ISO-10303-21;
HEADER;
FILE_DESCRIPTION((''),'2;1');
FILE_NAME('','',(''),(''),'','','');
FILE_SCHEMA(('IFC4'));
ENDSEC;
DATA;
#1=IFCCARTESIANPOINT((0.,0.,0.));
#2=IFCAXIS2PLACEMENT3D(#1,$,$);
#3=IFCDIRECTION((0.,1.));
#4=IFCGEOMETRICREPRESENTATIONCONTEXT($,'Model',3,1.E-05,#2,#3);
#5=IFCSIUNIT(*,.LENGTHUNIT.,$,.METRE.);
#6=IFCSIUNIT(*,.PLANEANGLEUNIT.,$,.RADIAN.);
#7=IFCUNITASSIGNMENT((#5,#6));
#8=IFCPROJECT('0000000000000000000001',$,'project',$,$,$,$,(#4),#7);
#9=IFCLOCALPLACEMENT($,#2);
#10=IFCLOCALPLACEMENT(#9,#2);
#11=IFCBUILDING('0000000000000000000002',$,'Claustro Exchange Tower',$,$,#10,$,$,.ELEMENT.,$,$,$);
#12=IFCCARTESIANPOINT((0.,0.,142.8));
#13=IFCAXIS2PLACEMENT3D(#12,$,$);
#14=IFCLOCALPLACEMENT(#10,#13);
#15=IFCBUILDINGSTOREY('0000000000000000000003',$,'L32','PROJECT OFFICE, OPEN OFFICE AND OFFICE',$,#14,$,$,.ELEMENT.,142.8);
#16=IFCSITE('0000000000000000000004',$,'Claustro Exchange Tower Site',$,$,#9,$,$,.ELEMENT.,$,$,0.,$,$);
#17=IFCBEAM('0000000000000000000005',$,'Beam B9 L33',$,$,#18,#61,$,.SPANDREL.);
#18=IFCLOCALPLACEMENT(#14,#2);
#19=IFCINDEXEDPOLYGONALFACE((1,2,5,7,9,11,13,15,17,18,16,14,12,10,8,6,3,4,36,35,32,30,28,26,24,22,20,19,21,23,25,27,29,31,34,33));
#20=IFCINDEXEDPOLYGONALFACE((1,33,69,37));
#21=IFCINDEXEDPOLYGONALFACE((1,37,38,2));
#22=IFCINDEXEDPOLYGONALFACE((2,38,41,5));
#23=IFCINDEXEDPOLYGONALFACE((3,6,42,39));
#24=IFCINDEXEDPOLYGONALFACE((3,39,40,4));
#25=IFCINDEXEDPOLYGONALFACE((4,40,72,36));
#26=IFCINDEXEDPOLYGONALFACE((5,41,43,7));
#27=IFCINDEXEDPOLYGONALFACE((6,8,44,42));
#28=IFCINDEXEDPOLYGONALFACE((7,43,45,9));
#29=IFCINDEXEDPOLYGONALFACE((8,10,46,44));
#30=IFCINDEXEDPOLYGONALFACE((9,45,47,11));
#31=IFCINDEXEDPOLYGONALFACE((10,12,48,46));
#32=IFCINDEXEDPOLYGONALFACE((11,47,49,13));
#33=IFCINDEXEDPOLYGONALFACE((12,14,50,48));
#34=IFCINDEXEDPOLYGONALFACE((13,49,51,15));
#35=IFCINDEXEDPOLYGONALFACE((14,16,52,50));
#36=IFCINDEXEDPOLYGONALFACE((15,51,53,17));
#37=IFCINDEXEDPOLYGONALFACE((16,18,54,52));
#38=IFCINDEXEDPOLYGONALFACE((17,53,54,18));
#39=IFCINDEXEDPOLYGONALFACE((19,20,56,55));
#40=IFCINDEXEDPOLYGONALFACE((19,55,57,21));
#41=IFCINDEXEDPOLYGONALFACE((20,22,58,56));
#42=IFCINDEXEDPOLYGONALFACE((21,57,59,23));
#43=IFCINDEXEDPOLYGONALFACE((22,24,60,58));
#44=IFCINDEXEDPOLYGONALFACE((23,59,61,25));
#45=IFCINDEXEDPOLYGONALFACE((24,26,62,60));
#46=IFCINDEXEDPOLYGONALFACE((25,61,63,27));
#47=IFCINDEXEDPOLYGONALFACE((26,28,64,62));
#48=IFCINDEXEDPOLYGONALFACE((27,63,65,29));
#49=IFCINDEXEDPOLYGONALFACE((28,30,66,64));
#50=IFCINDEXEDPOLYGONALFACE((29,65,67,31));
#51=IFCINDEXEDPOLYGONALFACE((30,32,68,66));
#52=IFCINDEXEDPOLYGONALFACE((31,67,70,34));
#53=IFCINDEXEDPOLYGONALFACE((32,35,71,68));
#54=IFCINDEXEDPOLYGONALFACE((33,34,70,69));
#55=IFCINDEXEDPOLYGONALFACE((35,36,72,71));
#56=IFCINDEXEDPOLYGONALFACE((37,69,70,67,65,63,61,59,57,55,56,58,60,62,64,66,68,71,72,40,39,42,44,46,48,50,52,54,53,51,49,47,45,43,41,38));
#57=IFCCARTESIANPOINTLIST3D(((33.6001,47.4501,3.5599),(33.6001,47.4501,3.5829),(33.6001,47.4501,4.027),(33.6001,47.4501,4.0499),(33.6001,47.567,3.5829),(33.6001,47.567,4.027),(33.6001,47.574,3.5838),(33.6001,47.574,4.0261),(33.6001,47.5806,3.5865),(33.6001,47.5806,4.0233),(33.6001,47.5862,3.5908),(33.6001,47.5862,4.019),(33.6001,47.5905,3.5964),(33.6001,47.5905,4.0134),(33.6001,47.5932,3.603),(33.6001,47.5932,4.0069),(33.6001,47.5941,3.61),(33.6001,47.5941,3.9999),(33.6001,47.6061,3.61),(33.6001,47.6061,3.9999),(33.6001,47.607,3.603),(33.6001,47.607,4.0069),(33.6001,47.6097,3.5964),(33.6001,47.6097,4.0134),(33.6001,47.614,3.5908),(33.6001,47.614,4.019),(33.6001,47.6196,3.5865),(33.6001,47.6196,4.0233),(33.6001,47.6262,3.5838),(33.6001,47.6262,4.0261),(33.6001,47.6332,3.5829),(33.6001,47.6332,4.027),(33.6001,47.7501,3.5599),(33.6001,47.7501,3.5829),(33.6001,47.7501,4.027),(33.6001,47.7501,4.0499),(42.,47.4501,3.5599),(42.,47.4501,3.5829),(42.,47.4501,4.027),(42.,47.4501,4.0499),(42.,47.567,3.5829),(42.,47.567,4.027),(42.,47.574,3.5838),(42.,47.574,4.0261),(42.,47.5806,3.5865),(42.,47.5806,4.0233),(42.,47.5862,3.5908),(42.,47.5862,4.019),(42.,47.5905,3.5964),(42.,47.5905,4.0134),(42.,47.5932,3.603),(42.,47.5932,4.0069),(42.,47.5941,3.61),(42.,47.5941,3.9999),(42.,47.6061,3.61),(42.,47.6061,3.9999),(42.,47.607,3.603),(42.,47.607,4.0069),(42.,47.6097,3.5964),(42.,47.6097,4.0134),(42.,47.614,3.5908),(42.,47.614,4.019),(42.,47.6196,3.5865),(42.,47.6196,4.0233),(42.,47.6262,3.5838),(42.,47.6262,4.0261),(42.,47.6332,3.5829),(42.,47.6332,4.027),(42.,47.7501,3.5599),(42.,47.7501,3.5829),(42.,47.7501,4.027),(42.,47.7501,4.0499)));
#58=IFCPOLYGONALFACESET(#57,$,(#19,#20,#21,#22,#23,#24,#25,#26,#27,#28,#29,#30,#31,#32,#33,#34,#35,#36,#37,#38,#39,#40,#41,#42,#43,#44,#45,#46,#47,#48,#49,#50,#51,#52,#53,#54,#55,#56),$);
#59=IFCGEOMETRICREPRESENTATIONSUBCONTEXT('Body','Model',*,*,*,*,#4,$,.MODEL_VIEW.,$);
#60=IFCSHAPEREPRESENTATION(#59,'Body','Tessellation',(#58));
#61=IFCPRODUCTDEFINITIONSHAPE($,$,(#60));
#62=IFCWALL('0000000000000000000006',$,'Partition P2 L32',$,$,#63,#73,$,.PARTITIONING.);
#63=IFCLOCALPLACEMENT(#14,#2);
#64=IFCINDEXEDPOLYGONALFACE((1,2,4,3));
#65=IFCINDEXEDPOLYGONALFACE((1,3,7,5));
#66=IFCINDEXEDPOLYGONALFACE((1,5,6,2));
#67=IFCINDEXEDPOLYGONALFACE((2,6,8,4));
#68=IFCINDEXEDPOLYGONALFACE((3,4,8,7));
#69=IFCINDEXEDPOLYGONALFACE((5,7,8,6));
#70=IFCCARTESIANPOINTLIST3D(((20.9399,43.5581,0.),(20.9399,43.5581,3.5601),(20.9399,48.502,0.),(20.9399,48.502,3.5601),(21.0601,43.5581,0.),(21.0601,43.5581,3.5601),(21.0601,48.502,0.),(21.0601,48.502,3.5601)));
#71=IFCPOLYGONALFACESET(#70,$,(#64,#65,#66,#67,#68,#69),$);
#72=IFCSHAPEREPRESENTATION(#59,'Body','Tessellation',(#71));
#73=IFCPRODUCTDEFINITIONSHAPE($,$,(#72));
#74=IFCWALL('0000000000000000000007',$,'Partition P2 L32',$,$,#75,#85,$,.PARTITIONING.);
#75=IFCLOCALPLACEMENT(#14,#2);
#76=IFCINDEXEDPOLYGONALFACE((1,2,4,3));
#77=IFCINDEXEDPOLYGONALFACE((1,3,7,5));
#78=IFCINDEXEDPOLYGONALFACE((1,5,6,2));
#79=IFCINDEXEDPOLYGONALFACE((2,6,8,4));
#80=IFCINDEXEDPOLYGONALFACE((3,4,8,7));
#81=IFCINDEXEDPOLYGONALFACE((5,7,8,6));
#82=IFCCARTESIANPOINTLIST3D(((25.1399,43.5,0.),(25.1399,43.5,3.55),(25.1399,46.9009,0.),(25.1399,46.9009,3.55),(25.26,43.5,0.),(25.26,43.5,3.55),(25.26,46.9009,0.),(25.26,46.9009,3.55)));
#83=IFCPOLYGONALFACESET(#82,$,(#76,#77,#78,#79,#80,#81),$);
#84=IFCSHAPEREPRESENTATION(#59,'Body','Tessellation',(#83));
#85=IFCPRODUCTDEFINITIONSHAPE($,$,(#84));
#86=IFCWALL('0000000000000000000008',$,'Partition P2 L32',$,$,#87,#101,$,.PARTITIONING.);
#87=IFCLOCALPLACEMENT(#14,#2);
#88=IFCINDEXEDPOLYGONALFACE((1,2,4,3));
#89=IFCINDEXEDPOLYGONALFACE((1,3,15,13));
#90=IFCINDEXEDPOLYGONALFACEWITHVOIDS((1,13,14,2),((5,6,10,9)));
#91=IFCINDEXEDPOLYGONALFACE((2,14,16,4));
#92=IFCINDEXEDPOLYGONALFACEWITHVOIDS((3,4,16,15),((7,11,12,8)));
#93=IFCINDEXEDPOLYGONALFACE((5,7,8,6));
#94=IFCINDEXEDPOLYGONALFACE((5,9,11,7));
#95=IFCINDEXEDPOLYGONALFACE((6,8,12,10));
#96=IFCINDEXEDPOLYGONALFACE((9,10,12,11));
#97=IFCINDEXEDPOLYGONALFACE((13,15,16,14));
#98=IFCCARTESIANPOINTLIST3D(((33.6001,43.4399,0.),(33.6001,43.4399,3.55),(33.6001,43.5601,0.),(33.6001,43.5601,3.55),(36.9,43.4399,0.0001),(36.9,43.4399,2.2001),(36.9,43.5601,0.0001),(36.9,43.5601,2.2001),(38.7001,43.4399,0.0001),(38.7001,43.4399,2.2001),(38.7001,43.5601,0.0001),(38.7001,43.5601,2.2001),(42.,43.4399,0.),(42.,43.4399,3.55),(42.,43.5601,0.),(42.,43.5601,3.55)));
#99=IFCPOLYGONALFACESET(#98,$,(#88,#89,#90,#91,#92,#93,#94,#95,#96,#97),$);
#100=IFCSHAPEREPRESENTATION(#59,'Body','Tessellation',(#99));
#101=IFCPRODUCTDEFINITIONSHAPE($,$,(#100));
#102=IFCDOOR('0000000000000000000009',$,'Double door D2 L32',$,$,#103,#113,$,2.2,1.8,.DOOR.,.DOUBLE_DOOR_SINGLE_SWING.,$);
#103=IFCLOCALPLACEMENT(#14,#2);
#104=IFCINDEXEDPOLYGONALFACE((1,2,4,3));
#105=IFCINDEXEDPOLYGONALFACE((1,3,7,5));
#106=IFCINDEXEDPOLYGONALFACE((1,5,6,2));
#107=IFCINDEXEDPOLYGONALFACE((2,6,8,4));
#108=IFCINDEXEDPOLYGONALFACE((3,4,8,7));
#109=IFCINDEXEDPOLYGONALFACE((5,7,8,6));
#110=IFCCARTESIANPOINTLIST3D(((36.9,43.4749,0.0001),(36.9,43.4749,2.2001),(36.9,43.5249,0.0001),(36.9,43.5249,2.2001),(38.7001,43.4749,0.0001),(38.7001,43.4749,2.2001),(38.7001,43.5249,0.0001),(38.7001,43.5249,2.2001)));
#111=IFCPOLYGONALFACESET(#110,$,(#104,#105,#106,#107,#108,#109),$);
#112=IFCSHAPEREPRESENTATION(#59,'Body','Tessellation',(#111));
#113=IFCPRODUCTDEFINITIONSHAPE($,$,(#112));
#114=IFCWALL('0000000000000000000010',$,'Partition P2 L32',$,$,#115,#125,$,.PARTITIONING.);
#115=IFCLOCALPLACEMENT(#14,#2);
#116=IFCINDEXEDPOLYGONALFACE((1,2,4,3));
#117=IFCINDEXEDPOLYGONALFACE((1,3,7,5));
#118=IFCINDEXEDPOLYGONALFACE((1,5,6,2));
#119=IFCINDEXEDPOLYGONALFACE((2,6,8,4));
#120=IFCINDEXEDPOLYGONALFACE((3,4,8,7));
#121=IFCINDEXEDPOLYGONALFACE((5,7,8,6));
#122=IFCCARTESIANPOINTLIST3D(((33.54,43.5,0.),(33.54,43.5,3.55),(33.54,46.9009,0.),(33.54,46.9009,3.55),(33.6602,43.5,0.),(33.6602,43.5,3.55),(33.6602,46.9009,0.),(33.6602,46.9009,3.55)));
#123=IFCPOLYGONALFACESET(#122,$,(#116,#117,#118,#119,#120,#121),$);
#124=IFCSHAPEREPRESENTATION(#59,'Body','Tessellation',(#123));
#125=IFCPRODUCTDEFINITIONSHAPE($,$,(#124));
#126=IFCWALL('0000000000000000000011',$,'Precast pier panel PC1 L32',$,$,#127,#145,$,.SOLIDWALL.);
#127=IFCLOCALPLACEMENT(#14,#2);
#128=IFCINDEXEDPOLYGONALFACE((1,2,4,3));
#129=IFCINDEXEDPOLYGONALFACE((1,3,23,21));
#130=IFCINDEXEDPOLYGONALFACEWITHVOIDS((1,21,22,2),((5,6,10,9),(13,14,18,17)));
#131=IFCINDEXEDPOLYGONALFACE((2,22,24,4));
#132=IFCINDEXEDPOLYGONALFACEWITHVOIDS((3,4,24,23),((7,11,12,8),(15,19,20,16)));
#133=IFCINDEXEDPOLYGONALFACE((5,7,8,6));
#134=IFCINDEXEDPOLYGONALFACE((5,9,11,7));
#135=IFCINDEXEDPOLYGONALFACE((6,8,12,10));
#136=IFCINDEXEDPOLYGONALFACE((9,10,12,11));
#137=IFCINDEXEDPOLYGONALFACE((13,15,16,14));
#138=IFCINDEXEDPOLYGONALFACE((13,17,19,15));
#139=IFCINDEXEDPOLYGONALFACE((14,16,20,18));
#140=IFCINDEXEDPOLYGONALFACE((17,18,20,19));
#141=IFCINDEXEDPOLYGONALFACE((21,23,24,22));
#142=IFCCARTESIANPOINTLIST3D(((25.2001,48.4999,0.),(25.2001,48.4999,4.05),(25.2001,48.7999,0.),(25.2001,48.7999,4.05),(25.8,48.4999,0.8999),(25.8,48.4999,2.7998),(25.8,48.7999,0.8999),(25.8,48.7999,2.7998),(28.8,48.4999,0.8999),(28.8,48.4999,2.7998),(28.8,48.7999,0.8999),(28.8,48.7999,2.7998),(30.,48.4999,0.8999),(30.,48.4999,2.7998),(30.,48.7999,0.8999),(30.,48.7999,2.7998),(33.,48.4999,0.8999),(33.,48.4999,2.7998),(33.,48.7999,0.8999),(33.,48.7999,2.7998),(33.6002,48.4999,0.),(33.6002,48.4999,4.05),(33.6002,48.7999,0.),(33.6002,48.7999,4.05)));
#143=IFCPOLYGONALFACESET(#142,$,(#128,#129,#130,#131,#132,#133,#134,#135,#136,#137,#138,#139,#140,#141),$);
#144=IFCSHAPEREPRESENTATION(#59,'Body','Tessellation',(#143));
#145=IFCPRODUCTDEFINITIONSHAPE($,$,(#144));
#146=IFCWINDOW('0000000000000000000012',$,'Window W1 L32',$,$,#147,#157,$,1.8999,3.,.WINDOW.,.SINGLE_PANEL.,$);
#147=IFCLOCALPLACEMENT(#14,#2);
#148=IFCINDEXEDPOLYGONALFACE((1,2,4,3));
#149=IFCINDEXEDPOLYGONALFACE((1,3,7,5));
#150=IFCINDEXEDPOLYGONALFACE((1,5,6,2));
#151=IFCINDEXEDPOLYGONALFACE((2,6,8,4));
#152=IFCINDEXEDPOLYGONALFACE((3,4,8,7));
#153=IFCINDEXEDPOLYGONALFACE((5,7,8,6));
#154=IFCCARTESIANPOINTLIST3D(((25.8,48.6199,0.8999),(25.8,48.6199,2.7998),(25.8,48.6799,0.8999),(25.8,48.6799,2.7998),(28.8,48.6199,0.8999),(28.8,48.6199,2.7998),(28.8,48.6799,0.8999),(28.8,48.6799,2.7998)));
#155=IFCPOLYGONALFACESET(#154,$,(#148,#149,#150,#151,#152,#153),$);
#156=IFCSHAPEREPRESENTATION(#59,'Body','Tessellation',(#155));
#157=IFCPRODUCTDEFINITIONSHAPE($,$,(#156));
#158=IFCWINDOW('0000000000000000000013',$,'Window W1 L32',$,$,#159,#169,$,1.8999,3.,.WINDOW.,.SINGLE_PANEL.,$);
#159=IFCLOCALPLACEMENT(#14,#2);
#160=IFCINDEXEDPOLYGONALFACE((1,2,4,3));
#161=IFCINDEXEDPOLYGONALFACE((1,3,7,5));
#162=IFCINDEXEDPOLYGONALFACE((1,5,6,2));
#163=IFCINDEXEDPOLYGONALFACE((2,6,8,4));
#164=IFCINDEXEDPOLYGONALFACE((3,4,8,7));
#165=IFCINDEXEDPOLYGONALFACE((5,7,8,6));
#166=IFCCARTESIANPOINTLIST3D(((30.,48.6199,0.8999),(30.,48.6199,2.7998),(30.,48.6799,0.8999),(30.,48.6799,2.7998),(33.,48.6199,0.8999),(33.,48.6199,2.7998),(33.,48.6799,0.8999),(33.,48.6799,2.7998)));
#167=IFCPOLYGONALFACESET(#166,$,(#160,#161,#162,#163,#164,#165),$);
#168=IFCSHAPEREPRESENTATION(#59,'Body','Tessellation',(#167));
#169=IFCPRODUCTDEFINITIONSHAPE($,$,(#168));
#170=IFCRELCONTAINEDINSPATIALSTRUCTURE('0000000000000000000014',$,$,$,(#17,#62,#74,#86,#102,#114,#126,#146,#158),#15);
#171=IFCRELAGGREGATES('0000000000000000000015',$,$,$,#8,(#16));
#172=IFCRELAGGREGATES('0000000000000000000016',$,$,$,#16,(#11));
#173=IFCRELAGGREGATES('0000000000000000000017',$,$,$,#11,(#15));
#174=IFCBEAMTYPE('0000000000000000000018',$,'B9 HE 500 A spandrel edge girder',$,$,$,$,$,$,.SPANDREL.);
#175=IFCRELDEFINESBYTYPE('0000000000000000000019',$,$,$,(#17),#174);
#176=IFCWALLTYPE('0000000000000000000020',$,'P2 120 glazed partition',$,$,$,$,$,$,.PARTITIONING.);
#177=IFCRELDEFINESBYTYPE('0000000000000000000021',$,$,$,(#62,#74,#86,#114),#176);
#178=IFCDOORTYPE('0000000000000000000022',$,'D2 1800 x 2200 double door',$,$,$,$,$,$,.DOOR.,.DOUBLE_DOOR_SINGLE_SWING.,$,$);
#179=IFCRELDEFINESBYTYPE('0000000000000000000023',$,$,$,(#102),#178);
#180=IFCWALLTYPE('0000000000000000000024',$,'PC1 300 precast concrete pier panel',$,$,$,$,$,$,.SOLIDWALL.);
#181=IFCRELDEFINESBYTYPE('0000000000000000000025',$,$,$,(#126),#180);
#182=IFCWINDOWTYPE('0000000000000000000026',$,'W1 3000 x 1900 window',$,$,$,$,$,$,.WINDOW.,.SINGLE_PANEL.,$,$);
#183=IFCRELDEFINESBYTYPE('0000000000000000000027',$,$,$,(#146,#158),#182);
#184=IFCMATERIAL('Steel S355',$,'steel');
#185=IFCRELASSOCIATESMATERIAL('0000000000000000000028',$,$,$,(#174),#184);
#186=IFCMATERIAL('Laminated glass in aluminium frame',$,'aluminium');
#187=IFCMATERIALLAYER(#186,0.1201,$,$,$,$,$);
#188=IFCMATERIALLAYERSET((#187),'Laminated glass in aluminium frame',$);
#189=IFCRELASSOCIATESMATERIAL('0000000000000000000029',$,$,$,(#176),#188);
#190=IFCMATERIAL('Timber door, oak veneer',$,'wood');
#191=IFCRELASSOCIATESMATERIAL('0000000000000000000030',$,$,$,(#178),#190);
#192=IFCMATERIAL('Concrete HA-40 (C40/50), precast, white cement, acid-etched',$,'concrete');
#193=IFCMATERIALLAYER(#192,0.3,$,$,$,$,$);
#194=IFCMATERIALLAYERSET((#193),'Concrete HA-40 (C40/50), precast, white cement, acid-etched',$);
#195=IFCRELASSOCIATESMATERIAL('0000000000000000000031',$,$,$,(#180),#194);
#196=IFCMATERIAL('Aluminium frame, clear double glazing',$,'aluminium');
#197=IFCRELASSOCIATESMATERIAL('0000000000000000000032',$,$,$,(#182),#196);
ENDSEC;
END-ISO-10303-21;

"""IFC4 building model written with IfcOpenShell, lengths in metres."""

from ifc_helpers import new_model, si_unit, direction, frame, frame_2d, origin, origin_2d, place, context, subcontext, project, spatial, rectangle, i_section, extrude, material, layer, layer_set, material_profile, profile_set, type_object, element, fill, save


model = new_model("IFC4")

# Units and contexts
model_context = context("Model", 3, precision=1e-05, world=origin(), true_north=direction((0.0, 1.0)))
body_context = subcontext(model_context, "Body", "Model", "MODEL_VIEW")
ifc_project = project(units=[si_unit("LENGTHUNIT", "METRE"), si_unit("PLANEANGLEUNIT", "RADIAN")], contexts=[model_context])

# Site, building, storey
site_placement = place(None, origin())
site = spatial("IfcSite", under=ifc_project, at=site_placement, Name="Claustro Exchange Tower Site", CompositionType="ELEMENT", RefElevation=0.0)
building_placement = place(site_placement, origin())
building = spatial("IfcBuilding", under=site, at=building_placement, Name="Claustro Exchange Tower", CompositionType="ELEMENT")
storey_placement = place(building_placement, frame((0.0, 0.0, 142.8)))
storey = spatial("IfcBuildingStorey", under=building, at=storey_placement, Name="L32", Description="PROJECT OFFICE, OPEN OFFICE AND OFFICE", CompositionType="ELEMENT", Elevation=142.8)

# Beam
ifc_material_1 = material(Name="Steel S355", Category="steel")
ifc_material_profile_1 = material_profile(ifc_material_1, i_section(OverallWidth=0.3, OverallDepth=0.49, WebThickness=0.012, FlangeThickness=0.0229, FilletRadius=0.0271, at=origin_2d()), Name="HE 500 A")
ifc_profile_set_1 = profile_set([ifc_material_profile_1], Name="Steel S355")
beam_type_1 = type_object("IfcBeamType", Name="B9 HE 500 A spandrel edge girder", PredefinedType="SPANDREL", material=ifc_profile_set_1)
beam_1_placement = place(storey_placement, frame((33.6001, 47.6001, 3.8049), z_axis=(1.0, 0.0, 0.0), x_axis=(0.0, 1.0, 0.0)))
element("IfcBeam", 1, at=beam_1_placement, inside=storey, type_object=beam_type_1, Name="Beam B9 L33", PredefinedType="SPANDREL", context=body_context, shape_type="SweptSolid", body=[
    extrude(i_section(OverallWidth=0.3, OverallDepth=0.49, WebThickness=0.012, FlangeThickness=0.0229, FilletRadius=0.0271, at=origin_2d()), origin(), (0.0, 0.0, 1.0), 8.3999),
])

# Walls
ifc_material_2 = material(Name="Laminated glass in aluminium frame", Category="aluminium")
ifc_layer_1 = layer(ifc_material_2, 0.1201)
ifc_layer_set_1 = layer_set([ifc_layer_1], Name="Laminated glass in aluminium frame")
wall_type_1 = type_object("IfcWallType", Name="P2 120 glazed partition", PredefinedType="PARTITIONING", material=ifc_layer_set_1)
wall_1_placement = place(storey_placement, frame((21.0, 43.5581, 0.0), z_axis=(0.0, 0.0, 1.0), x_axis=(0.0, 1.0, 0.0)))
element("IfcWall", 2, at=wall_1_placement, inside=storey, type_object=wall_type_1, Name="Partition P2 L32", PredefinedType="PARTITIONING", context=body_context, shape_type="SweptSolid", body=[
    extrude(rectangle(XDim=4.9438, YDim=0.1201, at=frame_2d((2.4719, 0.0))), origin(), (0.0, 0.0, 1.0), 3.5601),
])
wall_2_placement = place(storey_placement, frame((25.2, 43.5, 0.0), z_axis=(0.0, 0.0, 1.0), x_axis=(0.0, 1.0, 0.0)))
element("IfcWall", 3, at=wall_2_placement, inside=storey, type_object=wall_type_1, Name="Partition P2 L32", PredefinedType="PARTITIONING", context=body_context, shape_type="SweptSolid", body=[
    extrude(rectangle(XDim=3.4009, YDim=0.1201, at=frame_2d((1.7004, 0.0))), origin(), (0.0, 0.0, 1.0), 3.55),
])

# Wall, opening, door
wall_3_placement = place(storey_placement, frame((33.6001, 43.5, 0.0), z_axis=(0.0, 0.0, 1.0), x_axis=(1.0, 0.0, 0.0)))
wall_3 = element("IfcWall", 4, at=wall_3_placement, inside=storey, type_object=wall_type_1, Name="Partition P2 L32", PredefinedType="PARTITIONING", context=body_context, shape_type="SweptSolid", body=[
    extrude(rectangle(XDim=8.3999, YDim=0.1201, at=frame_2d((4.2, 0.0))), origin(), (0.0, 0.0, 1.0), 3.55),
])
opening_1_placement = place(wall_3_placement, frame((3.3, 0.0, 0.0)))
opening_1 = element("IfcOpeningElement", 5, at=opening_1_placement, cuts=wall_3, PredefinedType="OPENING", context=body_context, shape_type="SweptSolid", body=[
    extrude(rectangle(XDim=1.8, YDim=2.2, at=frame_2d((0.8999, 1.1001))), frame((0.0, 0.0701, 0.0), z_axis=(0.0, -1.0, 0.0), x_axis=(1.0, 0.0, 0.0)), (0.0, 0.0, 1.0), 0.1401),
])
ifc_material_3 = material(Name="Timber door, oak veneer", Category="wood")
door_type = type_object("IfcDoorType", Name="D2 1800 x 2200 double door", OperationType="DOUBLE_DOOR_SINGLE_SWING", PredefinedType="DOOR", material=ifc_material_3)
door_placement = place(opening_1_placement, origin())
door = element("IfcDoor", 6, at=door_placement, inside=storey, type_object=door_type, Name="Double door D2 L32", OperationType="DOUBLE_DOOR_SINGLE_SWING", OverallHeight=2.2, OverallWidth=1.8, PredefinedType="DOOR", context=body_context, shape_type="SweptSolid", body=[
    extrude(rectangle(XDim=1.8, YDim=2.2, at=frame_2d((0.8999, 1.1001))), frame((0.0, 0.0249, 0.0), z_axis=(0.0, -1.0, 0.0), x_axis=(1.0, 0.0, 0.0)), (0.0, 0.0, 1.0), 0.05),
])
fill(opening_1, door)

# Wall
wall_4_placement = place(storey_placement, frame((33.6001, 43.5, 0.0), z_axis=(0.0, 0.0, 1.0), x_axis=(0.0, 1.0, 0.0)))
element("IfcWall", 7, at=wall_4_placement, inside=storey, type_object=wall_type_1, Name="Partition P2 L32", PredefinedType="PARTITIONING", context=body_context, shape_type="SweptSolid", body=[
    extrude(rectangle(XDim=3.4009, YDim=0.1201, at=frame_2d((1.7004, 0.0))), origin(), (0.0, 0.0, 1.0), 3.55),
])

# Wall, openings, windows
ifc_material_4 = material(Name="Concrete HA-40 (C40/50), precast, white cement, acid-etched", Category="concrete")
ifc_layer_2 = layer(ifc_material_4, 0.3)
ifc_layer_set_2 = layer_set([ifc_layer_2], Name="Concrete HA-40 (C40/50), precast, white cement, acid-etched")
wall_type_2 = type_object("IfcWallType", Name="PC1 300 precast concrete pier panel", PredefinedType="SOLIDWALL", material=ifc_layer_set_2)
wall_5_placement = place(storey_placement, frame((25.2, 48.6499, 0.0), z_axis=(0.0, 0.0, 1.0), x_axis=(1.0, 0.0, 0.0)))
wall_5 = element("IfcWall", 8, at=wall_5_placement, inside=storey, type_object=wall_type_2, Name="Precast pier panel PC1 L32", PredefinedType="SOLIDWALL", context=body_context, shape_type="SweptSolid", body=[
    extrude(rectangle(XDim=8.4001, YDim=0.3, at=frame_2d((4.2002, 0.0))), origin(), (0.0, 0.0, 1.0), 4.05),
])
opening_2_placement = place(wall_5_placement, frame((0.6001, 0.0, 0.8999)))
opening_2 = element("IfcOpeningElement", 9, at=opening_2_placement, cuts=wall_5, PredefinedType="OPENING", context=body_context, shape_type="SweptSolid", body=[
    extrude(rectangle(XDim=3.0, YDim=1.8999, at=frame_2d((1.5, 0.95))), frame((0.0, 0.1599, 0.0), z_axis=(0.0, -1.0, 0.0), x_axis=(1.0, 0.0, 0.0)), (0.0, 0.0, 1.0), 0.3201),
])
opening_3_placement = place(wall_5_placement, frame((4.8, 0.0, 0.8999)))
opening_3 = element("IfcOpeningElement", 10, at=opening_3_placement, cuts=wall_5, PredefinedType="OPENING", context=body_context, shape_type="SweptSolid", body=[
    extrude(rectangle(XDim=3.0, YDim=1.8999, at=frame_2d((1.5, 0.95))), frame((0.0, 0.1599, 0.0), z_axis=(0.0, -1.0, 0.0), x_axis=(1.0, 0.0, 0.0)), (0.0, 0.0, 1.0), 0.3201),
])
ifc_material_5 = material(Name="Aluminium frame, clear double glazing", Category="aluminium")
window_type = type_object("IfcWindowType", Name="W1 3000 x 1900 window", PartitioningType="SINGLE_PANEL", PredefinedType="WINDOW", material=ifc_material_5)
window_1_placement = place(opening_2_placement, origin())
window_1 = element("IfcWindow", 11, at=window_1_placement, inside=storey, type_object=window_type, Name="Window W1 L32", OverallHeight=1.8999, OverallWidth=3.0, PartitioningType="SINGLE_PANEL", PredefinedType="WINDOW", context=body_context, shape_type="SweptSolid", body=[
    extrude(rectangle(XDim=3.0, YDim=1.8999, at=frame_2d((1.5, 0.95))), frame((0.0, 0.03, 0.0), z_axis=(0.0, -1.0, 0.0), x_axis=(1.0, 0.0, 0.0)), (0.0, 0.0, 1.0), 0.0601),
])
fill(opening_2, window_1)
window_2_placement = place(opening_3_placement, origin())
window_2 = element("IfcWindow", 12, at=window_2_placement, inside=storey, type_object=window_type, Name="Window W1 L32", OverallHeight=1.8999, OverallWidth=3.0, PartitioningType="SINGLE_PANEL", PredefinedType="WINDOW", context=body_context, shape_type="SweptSolid", body=[
    extrude(rectangle(XDim=3.0, YDim=1.8999, at=frame_2d((1.5, 0.95))), frame((0.0, 0.03, 0.0), z_axis=(0.0, -1.0, 0.0), x_axis=(1.0, 0.0, 0.0)), (0.0, 0.0, 1.0), 0.0601),
])
fill(opening_3, window_2)

save(model, "model.ifc")
